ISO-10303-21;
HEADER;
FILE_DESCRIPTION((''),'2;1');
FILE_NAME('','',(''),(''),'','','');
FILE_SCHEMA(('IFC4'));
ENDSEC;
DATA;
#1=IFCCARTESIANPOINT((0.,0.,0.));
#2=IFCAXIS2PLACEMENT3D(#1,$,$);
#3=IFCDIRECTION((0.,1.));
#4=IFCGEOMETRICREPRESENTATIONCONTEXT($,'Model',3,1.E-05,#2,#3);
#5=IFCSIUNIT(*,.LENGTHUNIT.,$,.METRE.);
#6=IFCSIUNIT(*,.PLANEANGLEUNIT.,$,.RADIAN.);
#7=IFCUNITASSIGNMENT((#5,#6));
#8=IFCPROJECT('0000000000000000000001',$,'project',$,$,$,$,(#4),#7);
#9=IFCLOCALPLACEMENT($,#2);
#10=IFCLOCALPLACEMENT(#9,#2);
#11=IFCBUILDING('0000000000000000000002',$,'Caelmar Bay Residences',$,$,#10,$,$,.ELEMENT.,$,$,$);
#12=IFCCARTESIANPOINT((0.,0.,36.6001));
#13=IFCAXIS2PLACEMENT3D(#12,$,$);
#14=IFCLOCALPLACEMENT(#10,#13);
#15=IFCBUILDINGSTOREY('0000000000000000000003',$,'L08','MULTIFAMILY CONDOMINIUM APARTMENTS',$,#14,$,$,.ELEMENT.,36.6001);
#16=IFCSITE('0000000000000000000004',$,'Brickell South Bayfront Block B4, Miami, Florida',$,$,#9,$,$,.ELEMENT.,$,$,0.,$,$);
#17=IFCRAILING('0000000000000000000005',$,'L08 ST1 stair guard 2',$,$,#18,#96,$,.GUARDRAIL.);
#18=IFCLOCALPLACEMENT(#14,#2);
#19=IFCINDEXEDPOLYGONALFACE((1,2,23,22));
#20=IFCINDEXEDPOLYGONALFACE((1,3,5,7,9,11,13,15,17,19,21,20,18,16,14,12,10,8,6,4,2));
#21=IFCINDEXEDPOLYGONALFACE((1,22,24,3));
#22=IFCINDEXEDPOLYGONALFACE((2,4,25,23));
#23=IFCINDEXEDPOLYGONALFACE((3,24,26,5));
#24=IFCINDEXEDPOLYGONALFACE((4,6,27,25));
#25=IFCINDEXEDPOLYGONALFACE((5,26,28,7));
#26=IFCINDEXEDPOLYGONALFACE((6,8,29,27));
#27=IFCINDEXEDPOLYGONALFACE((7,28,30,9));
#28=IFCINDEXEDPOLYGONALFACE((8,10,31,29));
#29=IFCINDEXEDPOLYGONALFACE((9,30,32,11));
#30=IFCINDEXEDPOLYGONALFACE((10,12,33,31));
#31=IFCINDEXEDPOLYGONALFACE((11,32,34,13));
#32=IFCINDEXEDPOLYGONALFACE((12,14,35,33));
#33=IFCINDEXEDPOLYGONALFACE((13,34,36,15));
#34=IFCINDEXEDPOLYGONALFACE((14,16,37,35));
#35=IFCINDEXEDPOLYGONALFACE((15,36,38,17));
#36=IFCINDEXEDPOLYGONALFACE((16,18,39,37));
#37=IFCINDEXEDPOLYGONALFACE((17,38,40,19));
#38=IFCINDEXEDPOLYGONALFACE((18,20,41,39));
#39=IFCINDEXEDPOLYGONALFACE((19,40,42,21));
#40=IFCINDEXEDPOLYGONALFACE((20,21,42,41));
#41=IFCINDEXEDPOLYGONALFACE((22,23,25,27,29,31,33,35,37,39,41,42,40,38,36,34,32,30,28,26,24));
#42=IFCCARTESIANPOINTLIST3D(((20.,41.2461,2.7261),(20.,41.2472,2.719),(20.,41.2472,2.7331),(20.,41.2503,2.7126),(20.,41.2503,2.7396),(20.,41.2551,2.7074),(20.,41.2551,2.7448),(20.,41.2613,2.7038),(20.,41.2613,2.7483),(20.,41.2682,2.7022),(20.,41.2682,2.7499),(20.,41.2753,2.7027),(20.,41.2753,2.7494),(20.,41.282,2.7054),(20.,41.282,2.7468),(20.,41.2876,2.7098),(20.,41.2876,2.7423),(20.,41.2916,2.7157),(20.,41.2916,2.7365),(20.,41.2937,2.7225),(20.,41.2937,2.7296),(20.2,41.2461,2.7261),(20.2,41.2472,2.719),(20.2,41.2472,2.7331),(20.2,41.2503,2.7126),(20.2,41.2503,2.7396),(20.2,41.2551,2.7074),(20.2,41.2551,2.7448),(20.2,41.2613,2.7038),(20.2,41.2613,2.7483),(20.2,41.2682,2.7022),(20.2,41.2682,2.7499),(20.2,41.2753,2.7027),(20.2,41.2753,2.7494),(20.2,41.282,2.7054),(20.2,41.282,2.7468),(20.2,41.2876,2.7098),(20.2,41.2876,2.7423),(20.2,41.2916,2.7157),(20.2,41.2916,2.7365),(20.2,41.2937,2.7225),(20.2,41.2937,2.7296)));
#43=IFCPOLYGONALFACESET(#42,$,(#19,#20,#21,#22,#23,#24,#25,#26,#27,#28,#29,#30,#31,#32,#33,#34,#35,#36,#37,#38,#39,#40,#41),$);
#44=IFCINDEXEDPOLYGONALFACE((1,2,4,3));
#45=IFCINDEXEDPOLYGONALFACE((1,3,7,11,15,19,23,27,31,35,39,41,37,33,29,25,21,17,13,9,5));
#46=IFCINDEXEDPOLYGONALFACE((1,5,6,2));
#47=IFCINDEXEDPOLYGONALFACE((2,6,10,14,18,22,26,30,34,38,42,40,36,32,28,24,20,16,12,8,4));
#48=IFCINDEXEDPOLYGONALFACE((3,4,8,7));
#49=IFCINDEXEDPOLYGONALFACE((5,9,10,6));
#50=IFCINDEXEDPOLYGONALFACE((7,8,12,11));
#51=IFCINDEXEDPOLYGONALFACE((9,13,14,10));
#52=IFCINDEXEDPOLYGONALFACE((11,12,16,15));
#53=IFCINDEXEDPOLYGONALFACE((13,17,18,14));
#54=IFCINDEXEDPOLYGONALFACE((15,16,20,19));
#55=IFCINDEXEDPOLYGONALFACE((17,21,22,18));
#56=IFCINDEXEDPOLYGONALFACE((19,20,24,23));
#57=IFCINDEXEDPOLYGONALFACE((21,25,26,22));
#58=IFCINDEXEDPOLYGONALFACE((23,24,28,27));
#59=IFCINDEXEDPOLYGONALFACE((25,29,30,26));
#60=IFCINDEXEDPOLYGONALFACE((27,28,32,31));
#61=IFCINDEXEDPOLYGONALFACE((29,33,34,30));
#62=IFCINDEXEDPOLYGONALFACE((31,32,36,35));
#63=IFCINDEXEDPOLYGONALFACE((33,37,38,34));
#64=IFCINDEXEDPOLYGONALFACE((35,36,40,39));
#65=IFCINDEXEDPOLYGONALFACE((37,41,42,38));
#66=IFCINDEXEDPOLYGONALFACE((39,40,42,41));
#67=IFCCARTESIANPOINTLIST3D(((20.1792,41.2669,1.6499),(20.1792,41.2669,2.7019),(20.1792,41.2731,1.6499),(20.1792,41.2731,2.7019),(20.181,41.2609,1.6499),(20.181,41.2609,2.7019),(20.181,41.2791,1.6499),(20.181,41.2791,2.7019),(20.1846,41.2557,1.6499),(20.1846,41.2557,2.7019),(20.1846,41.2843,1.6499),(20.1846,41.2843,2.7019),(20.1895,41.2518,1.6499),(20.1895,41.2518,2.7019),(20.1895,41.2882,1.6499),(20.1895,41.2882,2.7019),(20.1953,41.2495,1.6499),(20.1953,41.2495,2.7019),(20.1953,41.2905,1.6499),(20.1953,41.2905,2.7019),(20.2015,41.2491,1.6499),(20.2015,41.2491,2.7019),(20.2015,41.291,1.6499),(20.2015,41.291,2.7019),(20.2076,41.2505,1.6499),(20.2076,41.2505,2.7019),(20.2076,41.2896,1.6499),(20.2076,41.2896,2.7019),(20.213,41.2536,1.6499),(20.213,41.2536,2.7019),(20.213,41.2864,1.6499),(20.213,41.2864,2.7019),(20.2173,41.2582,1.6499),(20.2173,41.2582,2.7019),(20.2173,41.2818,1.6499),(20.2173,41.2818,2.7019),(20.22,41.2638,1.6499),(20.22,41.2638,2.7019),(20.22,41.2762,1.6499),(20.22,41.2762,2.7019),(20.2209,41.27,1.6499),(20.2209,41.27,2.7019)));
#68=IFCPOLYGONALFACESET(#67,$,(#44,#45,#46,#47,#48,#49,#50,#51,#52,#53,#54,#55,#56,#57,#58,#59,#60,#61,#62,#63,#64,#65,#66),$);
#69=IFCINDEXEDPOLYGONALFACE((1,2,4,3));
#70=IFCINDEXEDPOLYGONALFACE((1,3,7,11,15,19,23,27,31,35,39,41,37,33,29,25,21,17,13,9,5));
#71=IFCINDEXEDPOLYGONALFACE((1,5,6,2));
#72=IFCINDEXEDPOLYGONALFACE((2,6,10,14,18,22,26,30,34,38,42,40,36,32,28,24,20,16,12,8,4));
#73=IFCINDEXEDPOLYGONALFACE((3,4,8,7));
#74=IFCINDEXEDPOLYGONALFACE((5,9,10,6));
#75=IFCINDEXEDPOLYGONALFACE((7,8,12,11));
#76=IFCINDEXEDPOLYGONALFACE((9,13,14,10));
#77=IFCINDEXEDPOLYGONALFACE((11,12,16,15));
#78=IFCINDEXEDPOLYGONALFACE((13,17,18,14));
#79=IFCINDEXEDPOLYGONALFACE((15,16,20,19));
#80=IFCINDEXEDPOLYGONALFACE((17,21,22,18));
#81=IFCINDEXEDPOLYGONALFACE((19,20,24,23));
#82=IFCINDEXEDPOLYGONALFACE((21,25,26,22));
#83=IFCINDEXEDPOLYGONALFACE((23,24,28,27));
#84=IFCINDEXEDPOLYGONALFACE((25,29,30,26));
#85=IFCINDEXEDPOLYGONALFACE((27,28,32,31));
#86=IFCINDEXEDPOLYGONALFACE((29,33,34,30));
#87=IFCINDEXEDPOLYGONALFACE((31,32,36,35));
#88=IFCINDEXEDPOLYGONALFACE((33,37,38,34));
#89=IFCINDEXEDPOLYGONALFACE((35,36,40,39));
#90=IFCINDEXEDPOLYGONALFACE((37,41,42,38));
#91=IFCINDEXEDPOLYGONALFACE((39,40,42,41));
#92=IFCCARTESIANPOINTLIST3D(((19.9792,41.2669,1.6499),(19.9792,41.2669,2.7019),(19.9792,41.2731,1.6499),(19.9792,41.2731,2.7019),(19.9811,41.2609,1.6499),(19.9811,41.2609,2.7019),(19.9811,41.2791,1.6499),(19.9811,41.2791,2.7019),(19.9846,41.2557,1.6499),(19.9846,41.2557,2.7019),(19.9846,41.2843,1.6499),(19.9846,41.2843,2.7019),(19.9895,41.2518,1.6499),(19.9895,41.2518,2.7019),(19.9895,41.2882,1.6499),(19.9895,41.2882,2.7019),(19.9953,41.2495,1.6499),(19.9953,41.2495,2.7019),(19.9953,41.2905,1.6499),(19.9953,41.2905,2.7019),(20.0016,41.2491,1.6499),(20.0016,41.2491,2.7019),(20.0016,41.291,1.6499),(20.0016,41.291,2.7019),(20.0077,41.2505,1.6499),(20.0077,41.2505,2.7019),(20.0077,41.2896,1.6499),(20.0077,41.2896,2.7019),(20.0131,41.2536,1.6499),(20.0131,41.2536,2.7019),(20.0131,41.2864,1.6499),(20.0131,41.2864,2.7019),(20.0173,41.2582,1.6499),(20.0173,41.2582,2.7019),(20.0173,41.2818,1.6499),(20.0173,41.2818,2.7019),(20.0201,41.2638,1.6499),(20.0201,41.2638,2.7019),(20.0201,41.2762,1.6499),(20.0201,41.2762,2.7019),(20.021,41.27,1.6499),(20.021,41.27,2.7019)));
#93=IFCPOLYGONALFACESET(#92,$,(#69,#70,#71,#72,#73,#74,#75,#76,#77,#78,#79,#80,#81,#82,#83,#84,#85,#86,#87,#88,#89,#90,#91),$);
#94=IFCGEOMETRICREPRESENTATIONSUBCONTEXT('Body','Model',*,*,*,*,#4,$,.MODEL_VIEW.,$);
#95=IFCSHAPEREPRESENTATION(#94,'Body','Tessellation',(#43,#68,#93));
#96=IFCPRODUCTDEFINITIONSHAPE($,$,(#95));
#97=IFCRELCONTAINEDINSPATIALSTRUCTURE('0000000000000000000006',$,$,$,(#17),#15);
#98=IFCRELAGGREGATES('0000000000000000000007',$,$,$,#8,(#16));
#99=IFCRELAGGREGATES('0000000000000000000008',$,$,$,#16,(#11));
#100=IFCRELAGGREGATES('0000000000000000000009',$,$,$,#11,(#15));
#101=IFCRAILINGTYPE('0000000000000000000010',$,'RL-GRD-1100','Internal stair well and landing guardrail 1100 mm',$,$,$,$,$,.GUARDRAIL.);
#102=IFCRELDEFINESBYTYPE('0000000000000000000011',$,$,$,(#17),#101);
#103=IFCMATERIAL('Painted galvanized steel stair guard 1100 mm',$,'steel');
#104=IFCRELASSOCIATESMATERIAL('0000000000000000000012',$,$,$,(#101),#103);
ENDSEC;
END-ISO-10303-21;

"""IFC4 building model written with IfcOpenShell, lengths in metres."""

from ifc_helpers import new_model, si_unit, direction, frame, origin, origin_2d, place, context, subcontext, project, spatial, circle, extrude, material, type_object, element, save


model = new_model("IFC4")

# Units and contexts
model_context = context("Model", 3, precision=1e-05, world=origin(), true_north=direction((0.0, 1.0)))
body_context = subcontext(model_context, "Body", "Model", "MODEL_VIEW")
ifc_project = project(units=[si_unit("LENGTHUNIT", "METRE"), si_unit("PLANEANGLEUNIT", "RADIAN")], contexts=[model_context])

# Site, building, storey
site_placement = place(None, origin())
site = spatial("IfcSite", under=ifc_project, at=site_placement, Name="Brickell South Bayfront Block B4, Miami, Florida", CompositionType="ELEMENT", RefElevation=0.0)
building_placement = place(site_placement, origin())
building = spatial("IfcBuilding", under=site, at=building_placement, Name="Caelmar Bay Residences", CompositionType="ELEMENT")
storey_placement = place(building_placement, frame((0.0, 0.0, 36.6001)))
storey = spatial("IfcBuildingStorey", under=building, at=storey_placement, Name="L08", Description="MULTIFAMILY CONDOMINIUM APARTMENTS", CompositionType="ELEMENT", Elevation=36.6001)

# Railing
ifc_material_1 = material(Name="Painted galvanized steel stair guard 1100 mm", Category="steel")
railing_type_1 = type_object("IfcRailingType", Name="RL-GRD-1100", Description="Internal stair well and landing guardrail 1100 mm", PredefinedType="GUARDRAIL", material=ifc_material_1)
railing_1_placement = place(storey_placement, frame((20.2, 41.27, 1.6499)))
element("IfcRailing", 1, at=railing_1_placement, inside=storey, type_object=railing_type_1, Name="L08 ST1 stair guard 2", PredefinedType="GUARDRAIL", context=body_context, shape_type="SweptSolid", body=[
    extrude(circle(Radius=0.0239, at=origin_2d()), frame((0.0, 0.0, 1.0762), z_axis=(-1.0, 0.0, 0.0), x_axis=(0.0, -1.0, 0.0)), (0.0, 0.0, 1.0), 0.2),
    extrude(circle(Radius=0.021, at=origin_2d()), origin(), (0.0, 0.0, 1.0), 1.052),
    extrude(circle(Radius=0.021, at=origin_2d()), frame((-0.2, 0.0, 0.0)), (0.0, 0.0, 1.0), 1.052),
])

save(model, "model.ifc")
